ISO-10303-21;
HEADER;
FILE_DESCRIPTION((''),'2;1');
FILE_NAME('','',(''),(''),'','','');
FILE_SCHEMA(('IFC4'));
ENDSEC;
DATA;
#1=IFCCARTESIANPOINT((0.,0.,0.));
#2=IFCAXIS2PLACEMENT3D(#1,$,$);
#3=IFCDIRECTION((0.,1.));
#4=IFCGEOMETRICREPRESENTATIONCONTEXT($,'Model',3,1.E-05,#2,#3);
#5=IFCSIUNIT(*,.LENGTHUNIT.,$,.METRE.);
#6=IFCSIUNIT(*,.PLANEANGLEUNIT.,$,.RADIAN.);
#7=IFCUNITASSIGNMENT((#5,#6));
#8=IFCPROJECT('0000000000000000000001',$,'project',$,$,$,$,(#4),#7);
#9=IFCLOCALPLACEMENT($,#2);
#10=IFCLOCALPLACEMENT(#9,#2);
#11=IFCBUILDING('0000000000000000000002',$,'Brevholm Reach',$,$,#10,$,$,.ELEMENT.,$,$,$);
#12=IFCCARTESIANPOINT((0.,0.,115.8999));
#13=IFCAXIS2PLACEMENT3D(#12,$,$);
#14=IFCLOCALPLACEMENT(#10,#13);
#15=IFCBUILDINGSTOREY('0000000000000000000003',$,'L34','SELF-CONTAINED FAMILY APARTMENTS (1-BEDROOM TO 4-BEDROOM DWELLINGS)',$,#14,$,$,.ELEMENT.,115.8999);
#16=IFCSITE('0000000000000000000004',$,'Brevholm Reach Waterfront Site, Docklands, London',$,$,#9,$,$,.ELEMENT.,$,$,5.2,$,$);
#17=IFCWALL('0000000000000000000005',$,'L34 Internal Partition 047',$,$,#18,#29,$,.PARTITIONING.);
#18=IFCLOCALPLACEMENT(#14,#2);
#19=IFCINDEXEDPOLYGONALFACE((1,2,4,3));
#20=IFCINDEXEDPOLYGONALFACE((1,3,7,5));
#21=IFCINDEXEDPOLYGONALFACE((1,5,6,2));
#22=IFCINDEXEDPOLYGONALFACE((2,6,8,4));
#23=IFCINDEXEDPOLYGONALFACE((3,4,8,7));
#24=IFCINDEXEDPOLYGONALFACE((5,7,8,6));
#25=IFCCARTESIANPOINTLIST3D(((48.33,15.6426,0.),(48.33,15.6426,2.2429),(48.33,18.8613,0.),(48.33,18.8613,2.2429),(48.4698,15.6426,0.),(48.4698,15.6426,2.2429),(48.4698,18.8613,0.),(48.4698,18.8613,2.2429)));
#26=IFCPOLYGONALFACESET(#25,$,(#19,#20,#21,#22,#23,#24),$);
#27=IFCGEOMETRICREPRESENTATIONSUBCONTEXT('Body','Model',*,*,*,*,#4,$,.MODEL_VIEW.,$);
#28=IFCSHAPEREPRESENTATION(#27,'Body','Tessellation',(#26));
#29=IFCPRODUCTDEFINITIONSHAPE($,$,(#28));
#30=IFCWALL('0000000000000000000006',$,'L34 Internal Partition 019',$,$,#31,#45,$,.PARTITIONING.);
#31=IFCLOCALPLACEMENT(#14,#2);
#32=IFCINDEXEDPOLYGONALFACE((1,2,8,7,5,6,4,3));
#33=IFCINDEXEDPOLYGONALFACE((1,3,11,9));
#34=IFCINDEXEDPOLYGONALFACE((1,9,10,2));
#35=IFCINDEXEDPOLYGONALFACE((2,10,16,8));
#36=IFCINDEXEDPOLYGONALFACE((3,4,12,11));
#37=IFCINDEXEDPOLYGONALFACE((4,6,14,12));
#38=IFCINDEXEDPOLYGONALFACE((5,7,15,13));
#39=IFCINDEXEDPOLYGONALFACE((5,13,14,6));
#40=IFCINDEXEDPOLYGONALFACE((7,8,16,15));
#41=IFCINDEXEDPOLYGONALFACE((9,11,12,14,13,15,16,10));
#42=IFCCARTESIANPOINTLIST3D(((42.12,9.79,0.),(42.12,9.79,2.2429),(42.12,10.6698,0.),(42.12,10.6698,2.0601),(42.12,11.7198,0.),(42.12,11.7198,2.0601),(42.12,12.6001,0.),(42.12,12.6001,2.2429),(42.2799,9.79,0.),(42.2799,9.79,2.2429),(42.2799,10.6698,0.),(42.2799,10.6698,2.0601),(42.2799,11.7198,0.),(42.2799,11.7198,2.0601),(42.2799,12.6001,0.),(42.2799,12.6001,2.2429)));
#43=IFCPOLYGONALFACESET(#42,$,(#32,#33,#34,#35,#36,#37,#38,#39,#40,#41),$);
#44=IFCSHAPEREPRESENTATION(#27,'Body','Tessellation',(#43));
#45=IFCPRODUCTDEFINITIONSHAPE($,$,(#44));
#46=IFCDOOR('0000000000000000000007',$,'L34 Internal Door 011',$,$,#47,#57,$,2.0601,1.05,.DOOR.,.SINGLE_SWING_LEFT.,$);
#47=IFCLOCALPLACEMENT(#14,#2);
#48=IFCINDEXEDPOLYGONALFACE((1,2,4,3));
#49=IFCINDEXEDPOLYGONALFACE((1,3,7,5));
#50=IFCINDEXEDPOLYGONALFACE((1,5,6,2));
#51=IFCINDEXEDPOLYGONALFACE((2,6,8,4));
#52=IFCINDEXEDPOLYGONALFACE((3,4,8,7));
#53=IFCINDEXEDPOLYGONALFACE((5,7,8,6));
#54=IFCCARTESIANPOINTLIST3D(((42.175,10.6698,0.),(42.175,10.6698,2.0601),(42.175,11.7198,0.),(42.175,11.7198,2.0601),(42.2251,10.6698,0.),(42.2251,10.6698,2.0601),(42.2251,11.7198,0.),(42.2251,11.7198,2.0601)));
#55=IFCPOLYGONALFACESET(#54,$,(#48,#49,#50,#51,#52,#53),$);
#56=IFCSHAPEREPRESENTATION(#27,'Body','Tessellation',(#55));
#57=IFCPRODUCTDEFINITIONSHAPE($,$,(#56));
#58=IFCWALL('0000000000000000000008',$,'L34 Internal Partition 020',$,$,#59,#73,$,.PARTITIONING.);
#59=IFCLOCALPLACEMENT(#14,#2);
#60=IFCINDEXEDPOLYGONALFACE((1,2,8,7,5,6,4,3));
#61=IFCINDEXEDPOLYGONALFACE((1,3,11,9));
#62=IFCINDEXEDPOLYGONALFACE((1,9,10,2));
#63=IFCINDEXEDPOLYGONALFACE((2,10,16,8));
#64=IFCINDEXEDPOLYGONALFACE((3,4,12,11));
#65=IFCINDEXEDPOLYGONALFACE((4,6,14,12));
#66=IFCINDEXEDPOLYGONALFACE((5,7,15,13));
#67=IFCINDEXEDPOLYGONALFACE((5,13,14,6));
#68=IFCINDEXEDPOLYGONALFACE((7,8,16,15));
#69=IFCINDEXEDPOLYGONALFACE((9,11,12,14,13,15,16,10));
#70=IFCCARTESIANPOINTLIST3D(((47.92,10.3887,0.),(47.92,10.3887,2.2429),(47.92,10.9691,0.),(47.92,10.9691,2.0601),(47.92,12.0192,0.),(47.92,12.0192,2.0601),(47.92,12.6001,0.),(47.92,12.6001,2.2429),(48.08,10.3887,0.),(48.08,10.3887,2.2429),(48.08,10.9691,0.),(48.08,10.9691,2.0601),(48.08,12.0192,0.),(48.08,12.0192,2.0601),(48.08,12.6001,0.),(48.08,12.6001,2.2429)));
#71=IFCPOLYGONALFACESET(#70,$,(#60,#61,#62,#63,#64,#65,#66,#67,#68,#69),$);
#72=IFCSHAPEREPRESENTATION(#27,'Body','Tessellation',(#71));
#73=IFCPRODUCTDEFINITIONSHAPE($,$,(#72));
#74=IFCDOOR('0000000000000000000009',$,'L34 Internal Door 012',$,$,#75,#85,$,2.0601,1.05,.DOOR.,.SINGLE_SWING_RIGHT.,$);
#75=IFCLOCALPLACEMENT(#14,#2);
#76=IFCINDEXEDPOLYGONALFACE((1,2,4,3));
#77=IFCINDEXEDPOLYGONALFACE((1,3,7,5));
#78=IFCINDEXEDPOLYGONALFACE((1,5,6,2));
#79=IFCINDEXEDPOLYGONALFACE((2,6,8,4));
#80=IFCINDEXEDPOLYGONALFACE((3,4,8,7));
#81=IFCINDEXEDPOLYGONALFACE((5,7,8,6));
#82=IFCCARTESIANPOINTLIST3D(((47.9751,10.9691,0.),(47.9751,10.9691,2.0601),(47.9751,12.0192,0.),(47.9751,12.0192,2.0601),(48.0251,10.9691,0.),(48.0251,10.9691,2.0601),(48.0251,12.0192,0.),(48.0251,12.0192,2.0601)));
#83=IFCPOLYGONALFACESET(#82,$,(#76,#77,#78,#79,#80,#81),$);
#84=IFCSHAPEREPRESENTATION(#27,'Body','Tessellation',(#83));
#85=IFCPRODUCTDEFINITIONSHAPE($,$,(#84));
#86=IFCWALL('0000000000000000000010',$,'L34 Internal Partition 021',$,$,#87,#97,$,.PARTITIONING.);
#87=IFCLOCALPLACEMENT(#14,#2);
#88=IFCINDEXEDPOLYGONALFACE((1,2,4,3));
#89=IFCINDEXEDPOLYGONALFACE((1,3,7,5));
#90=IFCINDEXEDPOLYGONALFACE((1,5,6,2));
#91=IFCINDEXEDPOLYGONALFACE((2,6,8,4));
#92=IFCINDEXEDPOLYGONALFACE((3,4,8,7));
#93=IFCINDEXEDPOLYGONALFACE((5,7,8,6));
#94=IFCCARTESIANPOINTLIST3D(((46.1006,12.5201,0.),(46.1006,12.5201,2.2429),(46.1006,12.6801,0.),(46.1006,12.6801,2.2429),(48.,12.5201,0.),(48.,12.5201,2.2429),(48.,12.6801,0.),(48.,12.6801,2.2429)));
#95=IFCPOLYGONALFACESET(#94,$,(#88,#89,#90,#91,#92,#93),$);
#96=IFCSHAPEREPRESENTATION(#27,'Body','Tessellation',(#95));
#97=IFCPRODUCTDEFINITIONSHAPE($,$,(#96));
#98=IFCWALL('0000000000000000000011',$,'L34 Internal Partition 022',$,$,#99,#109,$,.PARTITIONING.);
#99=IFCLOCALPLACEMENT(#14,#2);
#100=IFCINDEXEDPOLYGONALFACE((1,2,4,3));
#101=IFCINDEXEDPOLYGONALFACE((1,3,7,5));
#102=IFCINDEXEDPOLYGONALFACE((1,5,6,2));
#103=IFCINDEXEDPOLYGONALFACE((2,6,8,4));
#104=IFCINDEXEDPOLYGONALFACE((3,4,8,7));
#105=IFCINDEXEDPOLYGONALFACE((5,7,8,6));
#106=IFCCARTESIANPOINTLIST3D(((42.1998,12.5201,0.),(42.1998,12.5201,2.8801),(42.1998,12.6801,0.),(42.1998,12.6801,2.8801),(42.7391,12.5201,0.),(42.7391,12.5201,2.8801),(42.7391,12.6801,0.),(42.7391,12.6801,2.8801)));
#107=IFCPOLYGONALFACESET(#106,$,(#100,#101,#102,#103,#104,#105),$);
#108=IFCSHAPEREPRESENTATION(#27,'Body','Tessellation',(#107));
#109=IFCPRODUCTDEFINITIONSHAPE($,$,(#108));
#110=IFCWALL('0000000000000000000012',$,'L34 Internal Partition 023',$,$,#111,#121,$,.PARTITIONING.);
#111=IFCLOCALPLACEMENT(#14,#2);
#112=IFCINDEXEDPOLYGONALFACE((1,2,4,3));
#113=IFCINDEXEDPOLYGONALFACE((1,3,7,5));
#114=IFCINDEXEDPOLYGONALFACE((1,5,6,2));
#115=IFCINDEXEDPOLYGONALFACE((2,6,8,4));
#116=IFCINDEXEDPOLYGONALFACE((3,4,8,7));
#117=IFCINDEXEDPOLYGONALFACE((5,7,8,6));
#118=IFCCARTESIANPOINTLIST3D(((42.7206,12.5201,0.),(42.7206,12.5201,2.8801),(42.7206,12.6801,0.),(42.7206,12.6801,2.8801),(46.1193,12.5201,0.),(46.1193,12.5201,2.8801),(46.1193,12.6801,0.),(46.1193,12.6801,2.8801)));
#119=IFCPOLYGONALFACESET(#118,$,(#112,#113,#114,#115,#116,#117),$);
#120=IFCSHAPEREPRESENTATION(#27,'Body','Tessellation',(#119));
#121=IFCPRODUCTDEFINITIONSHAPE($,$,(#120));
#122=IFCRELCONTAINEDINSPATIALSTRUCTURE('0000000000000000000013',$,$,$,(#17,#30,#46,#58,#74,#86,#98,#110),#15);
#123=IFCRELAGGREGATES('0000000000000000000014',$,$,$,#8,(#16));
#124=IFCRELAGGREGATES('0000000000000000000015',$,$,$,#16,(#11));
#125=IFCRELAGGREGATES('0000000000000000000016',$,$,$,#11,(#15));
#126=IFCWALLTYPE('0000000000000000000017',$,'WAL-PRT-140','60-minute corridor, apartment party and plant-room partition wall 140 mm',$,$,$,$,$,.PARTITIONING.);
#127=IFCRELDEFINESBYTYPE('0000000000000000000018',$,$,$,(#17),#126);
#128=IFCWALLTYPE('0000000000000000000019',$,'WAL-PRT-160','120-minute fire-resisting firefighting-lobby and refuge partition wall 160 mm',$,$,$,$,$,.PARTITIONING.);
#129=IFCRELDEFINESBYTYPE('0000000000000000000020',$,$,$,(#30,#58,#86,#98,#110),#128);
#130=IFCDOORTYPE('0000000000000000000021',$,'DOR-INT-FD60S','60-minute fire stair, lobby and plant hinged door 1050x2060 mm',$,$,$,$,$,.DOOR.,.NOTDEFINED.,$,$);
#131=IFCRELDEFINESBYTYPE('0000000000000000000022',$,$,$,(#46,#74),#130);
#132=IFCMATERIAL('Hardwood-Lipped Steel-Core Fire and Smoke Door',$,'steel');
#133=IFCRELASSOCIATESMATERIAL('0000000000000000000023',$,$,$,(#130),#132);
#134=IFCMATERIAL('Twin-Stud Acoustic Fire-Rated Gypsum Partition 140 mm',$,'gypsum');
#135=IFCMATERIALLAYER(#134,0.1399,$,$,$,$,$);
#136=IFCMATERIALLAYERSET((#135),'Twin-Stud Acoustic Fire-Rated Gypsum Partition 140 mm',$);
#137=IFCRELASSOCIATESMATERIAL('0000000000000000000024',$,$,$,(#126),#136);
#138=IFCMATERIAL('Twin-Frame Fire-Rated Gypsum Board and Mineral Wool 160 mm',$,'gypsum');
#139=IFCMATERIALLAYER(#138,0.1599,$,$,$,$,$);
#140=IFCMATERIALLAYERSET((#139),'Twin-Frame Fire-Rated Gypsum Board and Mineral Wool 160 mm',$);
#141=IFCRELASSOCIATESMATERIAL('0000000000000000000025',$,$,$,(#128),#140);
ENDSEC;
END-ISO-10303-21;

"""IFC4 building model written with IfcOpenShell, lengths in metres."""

from ifc_helpers import new_model, si_unit, direction, frame, frame_2d, origin, place, context, subcontext, project, spatial, rectangle, extrude, material, layer, layer_set, type_object, element, fill, save


model = new_model("IFC4")

# Units and contexts
model_context = context("Model", 3, precision=1e-05, world=origin(), true_north=direction((0.0, 1.0)))
body_context = subcontext(model_context, "Body", "Model", "MODEL_VIEW")
ifc_project = project(units=[si_unit("LENGTHUNIT", "METRE"), si_unit("PLANEANGLEUNIT", "RADIAN")], contexts=[model_context])

# Site, building, storey
site_placement = place(None, origin())
site = spatial("IfcSite", under=ifc_project, at=site_placement, Name="Brevholm Reach Waterfront Site, Docklands, London", CompositionType="ELEMENT", RefElevation=5.2)
building_placement = place(site_placement, origin())
building = spatial("IfcBuilding", under=site, at=building_placement, Name="Brevholm Reach", CompositionType="ELEMENT")
storey_placement = place(building_placement, frame((0.0, 0.0, 115.8999)))
storey = spatial("IfcBuildingStorey", under=building, at=storey_placement, Name="L34", Description="SELF-CONTAINED FAMILY APARTMENTS (1-BEDROOM TO 4-BEDROOM DWELLINGS)", CompositionType="ELEMENT", Elevation=115.8999)

# Shared definitions
ifc_material_1 = material(Name="Hardwood-Lipped Steel-Core Fire and Smoke Door", Category="steel")
door_type_1 = type_object("IfcDoorType", Name="DOR-INT-FD60S", Description="60-minute fire stair, lobby and plant hinged door 1050x2060 mm", OperationType="NOTDEFINED", PredefinedType="DOOR", material=ifc_material_1)

# Wall
ifc_material_2 = material(Name="Twin-Stud Acoustic Fire-Rated Gypsum Partition 140 mm", Category="gypsum")
ifc_layer_1 = layer(ifc_material_2, 0.1399)
ifc_layer_set_1 = layer_set([ifc_layer_1], Name="Twin-Stud Acoustic Fire-Rated Gypsum Partition 140 mm")
wall_type_1 = type_object("IfcWallType", Name="WAL-PRT-140", Description="60-minute corridor, apartment party and plant-room partition wall 140 mm", PredefinedType="PARTITIONING", material=ifc_layer_set_1)
wall_1_placement = place(storey_placement, frame((48.3999, 15.6426, 0.0), z_axis=(0.0, 0.0, 1.0), x_axis=(0.0, 1.0, 0.0)))
element("IfcWall", 1, at=wall_1_placement, inside=storey, type_object=wall_type_1, Name="L34 Internal Partition 047", PredefinedType="PARTITIONING", context=body_context, shape_type="SweptSolid", body=[
    extrude(rectangle(XDim=3.2188, YDim=0.1399, at=frame_2d((1.6094, 0.0))), origin(), (0.0, 0.0, 1.0), 2.2429),
])

# Walls, openings, doors
ifc_material_3 = material(Name="Twin-Frame Fire-Rated Gypsum Board and Mineral Wool 160 mm", Category="gypsum")
ifc_layer_2 = layer(ifc_material_3, 0.1599)
ifc_layer_set_2 = layer_set([ifc_layer_2], Name="Twin-Frame Fire-Rated Gypsum Board and Mineral Wool 160 mm")
wall_type_2 = type_object("IfcWallType", Name="WAL-PRT-160", Description="120-minute fire-resisting firefighting-lobby and refuge partition wall 160 mm", PredefinedType="PARTITIONING", material=ifc_layer_set_2)
wall_2_placement = place(storey_placement, frame((42.2, 9.79, 0.0), z_axis=(0.0, 0.0, 1.0), x_axis=(0.0, 1.0, 0.0)))
wall_2 = element("IfcWall", 2, at=wall_2_placement, inside=storey, type_object=wall_type_2, Name="L34 Internal Partition 019", PredefinedType="PARTITIONING", context=body_context, shape_type="SweptSolid", body=[
    extrude(rectangle(XDim=2.8101, YDim=0.1599, at=frame_2d((1.405, 0.0))), origin(), (0.0, 0.0, 1.0), 2.2429),
])
opening_1_placement = place(wall_2_placement, frame((0.8799, 0.0, 0.0)))
opening_1 = element("IfcOpeningElement", 3, at=opening_1_placement, cuts=wall_2, PredefinedType="OPENING", context=body_context, shape_type="SweptSolid", body=[
    extrude(rectangle(XDim=1.05, YDim=2.0601, at=frame_2d((0.5249, 1.03))), frame((0.0, 0.0898, 0.0), z_axis=(0.0, -1.0, 0.0), x_axis=(1.0, 0.0, 0.0)), (0.0, 0.0, 1.0), 0.1799),
])
door_1_placement = place(opening_1_placement, origin())
door_1 = element("IfcDoor", 4, at=door_1_placement, inside=storey, type_object=door_type_1, Name="L34 Internal Door 011", OperationType="SINGLE_SWING_LEFT", OverallHeight=2.0601, OverallWidth=1.05, PredefinedType="DOOR", context=body_context, shape_type="SweptSolid", body=[
    extrude(rectangle(XDim=1.05, YDim=2.0601, at=frame_2d((0.5249, 1.03))), frame((0.0, 0.0249, 0.0), z_axis=(0.0, -1.0, 0.0), x_axis=(1.0, 0.0, 0.0)), (0.0, 0.0, 1.0), 0.05),
])
fill(opening_1, door_1)
wall_3_placement = place(storey_placement, frame((48.0, 10.3887, 0.0), z_axis=(0.0, 0.0, 1.0), x_axis=(0.0, 1.0, 0.0)))
wall_3 = element("IfcWall", 5, at=wall_3_placement, inside=storey, type_object=wall_type_2, Name="L34 Internal Partition 020", PredefinedType="PARTITIONING", context=body_context, shape_type="SweptSolid", body=[
    extrude(rectangle(XDim=2.2114, YDim=0.1599, at=frame_2d((1.1057, 0.0))), origin(), (0.0, 0.0, 1.0), 2.2429),
])
opening_2_placement = place(wall_3_placement, frame((0.5806, 0.0, 0.0)))
opening_2 = element("IfcOpeningElement", 6, at=opening_2_placement, cuts=wall_3, PredefinedType="OPENING", context=body_context, shape_type="SweptSolid", body=[
    extrude(rectangle(XDim=1.05, YDim=2.0601, at=frame_2d((0.5249, 1.03))), frame((0.0, 0.0898, 0.0), z_axis=(0.0, -1.0, 0.0), x_axis=(1.0, 0.0, 0.0)), (0.0, 0.0, 1.0), 0.1799),
])
door_2_placement = place(opening_2_placement, origin())
door_2 = element("IfcDoor", 7, at=door_2_placement, inside=storey, type_object=door_type_1, Name="L34 Internal Door 012", OperationType="SINGLE_SWING_RIGHT", OverallHeight=2.0601, OverallWidth=1.05, PredefinedType="DOOR", context=body_context, shape_type="SweptSolid", body=[
    extrude(rectangle(XDim=1.05, YDim=2.0601, at=frame_2d((0.5249, 1.03))), frame((0.0, 0.0249, 0.0), z_axis=(0.0, -1.0, 0.0), x_axis=(1.0, 0.0, 0.0)), (0.0, 0.0, 1.0), 0.05),
])
fill(opening_2, door_2)

# Walls
wall_4_placement = place(storey_placement, frame((46.1006, 12.6001, 0.0), z_axis=(0.0, 0.0, 1.0), x_axis=(1.0, 0.0, 0.0)))
element("IfcWall", 8, at=wall_4_placement, inside=storey, type_object=wall_type_2, Name="L34 Internal Partition 021", PredefinedType="PARTITIONING", context=body_context, shape_type="SweptSolid", body=[
    extrude(rectangle(XDim=1.8994, YDim=0.1599, at=frame_2d((0.9497, 0.0))), origin(), (0.0, 0.0, 1.0), 2.2429),
])
wall_5_placement = place(storey_placement, frame((42.2, 12.6001, 0.0), z_axis=(0.0, 0.0, 1.0), x_axis=(1.0, 0.0, 0.0)))
element("IfcWall", 9, at=wall_5_placement, inside=storey, type_object=wall_type_2, Name="L34 Internal Partition 022", PredefinedType="PARTITIONING", context=body_context, shape_type="SweptSolid", body=[
    extrude(rectangle(XDim=0.5393, YDim=0.1599, at=frame_2d((0.2695, 0.0))), origin(), (0.0, 0.0, 1.0), 2.8801),
])
wall_6_placement = place(storey_placement, frame((42.7207, 12.6001, 0.0), z_axis=(0.0, 0.0, 1.0), x_axis=(1.0, 0.0, 0.0)))
element("IfcWall", 10, at=wall_6_placement, inside=storey, type_object=wall_type_2, Name="L34 Internal Partition 023", PredefinedType="PARTITIONING", context=body_context, shape_type="SweptSolid", body=[
    extrude(rectangle(XDim=3.3987, YDim=0.1599, at=frame_2d((1.6992, 0.0))), origin(), (0.0, 0.0, 1.0), 2.8801),
])

save(model, "model.ifc")
